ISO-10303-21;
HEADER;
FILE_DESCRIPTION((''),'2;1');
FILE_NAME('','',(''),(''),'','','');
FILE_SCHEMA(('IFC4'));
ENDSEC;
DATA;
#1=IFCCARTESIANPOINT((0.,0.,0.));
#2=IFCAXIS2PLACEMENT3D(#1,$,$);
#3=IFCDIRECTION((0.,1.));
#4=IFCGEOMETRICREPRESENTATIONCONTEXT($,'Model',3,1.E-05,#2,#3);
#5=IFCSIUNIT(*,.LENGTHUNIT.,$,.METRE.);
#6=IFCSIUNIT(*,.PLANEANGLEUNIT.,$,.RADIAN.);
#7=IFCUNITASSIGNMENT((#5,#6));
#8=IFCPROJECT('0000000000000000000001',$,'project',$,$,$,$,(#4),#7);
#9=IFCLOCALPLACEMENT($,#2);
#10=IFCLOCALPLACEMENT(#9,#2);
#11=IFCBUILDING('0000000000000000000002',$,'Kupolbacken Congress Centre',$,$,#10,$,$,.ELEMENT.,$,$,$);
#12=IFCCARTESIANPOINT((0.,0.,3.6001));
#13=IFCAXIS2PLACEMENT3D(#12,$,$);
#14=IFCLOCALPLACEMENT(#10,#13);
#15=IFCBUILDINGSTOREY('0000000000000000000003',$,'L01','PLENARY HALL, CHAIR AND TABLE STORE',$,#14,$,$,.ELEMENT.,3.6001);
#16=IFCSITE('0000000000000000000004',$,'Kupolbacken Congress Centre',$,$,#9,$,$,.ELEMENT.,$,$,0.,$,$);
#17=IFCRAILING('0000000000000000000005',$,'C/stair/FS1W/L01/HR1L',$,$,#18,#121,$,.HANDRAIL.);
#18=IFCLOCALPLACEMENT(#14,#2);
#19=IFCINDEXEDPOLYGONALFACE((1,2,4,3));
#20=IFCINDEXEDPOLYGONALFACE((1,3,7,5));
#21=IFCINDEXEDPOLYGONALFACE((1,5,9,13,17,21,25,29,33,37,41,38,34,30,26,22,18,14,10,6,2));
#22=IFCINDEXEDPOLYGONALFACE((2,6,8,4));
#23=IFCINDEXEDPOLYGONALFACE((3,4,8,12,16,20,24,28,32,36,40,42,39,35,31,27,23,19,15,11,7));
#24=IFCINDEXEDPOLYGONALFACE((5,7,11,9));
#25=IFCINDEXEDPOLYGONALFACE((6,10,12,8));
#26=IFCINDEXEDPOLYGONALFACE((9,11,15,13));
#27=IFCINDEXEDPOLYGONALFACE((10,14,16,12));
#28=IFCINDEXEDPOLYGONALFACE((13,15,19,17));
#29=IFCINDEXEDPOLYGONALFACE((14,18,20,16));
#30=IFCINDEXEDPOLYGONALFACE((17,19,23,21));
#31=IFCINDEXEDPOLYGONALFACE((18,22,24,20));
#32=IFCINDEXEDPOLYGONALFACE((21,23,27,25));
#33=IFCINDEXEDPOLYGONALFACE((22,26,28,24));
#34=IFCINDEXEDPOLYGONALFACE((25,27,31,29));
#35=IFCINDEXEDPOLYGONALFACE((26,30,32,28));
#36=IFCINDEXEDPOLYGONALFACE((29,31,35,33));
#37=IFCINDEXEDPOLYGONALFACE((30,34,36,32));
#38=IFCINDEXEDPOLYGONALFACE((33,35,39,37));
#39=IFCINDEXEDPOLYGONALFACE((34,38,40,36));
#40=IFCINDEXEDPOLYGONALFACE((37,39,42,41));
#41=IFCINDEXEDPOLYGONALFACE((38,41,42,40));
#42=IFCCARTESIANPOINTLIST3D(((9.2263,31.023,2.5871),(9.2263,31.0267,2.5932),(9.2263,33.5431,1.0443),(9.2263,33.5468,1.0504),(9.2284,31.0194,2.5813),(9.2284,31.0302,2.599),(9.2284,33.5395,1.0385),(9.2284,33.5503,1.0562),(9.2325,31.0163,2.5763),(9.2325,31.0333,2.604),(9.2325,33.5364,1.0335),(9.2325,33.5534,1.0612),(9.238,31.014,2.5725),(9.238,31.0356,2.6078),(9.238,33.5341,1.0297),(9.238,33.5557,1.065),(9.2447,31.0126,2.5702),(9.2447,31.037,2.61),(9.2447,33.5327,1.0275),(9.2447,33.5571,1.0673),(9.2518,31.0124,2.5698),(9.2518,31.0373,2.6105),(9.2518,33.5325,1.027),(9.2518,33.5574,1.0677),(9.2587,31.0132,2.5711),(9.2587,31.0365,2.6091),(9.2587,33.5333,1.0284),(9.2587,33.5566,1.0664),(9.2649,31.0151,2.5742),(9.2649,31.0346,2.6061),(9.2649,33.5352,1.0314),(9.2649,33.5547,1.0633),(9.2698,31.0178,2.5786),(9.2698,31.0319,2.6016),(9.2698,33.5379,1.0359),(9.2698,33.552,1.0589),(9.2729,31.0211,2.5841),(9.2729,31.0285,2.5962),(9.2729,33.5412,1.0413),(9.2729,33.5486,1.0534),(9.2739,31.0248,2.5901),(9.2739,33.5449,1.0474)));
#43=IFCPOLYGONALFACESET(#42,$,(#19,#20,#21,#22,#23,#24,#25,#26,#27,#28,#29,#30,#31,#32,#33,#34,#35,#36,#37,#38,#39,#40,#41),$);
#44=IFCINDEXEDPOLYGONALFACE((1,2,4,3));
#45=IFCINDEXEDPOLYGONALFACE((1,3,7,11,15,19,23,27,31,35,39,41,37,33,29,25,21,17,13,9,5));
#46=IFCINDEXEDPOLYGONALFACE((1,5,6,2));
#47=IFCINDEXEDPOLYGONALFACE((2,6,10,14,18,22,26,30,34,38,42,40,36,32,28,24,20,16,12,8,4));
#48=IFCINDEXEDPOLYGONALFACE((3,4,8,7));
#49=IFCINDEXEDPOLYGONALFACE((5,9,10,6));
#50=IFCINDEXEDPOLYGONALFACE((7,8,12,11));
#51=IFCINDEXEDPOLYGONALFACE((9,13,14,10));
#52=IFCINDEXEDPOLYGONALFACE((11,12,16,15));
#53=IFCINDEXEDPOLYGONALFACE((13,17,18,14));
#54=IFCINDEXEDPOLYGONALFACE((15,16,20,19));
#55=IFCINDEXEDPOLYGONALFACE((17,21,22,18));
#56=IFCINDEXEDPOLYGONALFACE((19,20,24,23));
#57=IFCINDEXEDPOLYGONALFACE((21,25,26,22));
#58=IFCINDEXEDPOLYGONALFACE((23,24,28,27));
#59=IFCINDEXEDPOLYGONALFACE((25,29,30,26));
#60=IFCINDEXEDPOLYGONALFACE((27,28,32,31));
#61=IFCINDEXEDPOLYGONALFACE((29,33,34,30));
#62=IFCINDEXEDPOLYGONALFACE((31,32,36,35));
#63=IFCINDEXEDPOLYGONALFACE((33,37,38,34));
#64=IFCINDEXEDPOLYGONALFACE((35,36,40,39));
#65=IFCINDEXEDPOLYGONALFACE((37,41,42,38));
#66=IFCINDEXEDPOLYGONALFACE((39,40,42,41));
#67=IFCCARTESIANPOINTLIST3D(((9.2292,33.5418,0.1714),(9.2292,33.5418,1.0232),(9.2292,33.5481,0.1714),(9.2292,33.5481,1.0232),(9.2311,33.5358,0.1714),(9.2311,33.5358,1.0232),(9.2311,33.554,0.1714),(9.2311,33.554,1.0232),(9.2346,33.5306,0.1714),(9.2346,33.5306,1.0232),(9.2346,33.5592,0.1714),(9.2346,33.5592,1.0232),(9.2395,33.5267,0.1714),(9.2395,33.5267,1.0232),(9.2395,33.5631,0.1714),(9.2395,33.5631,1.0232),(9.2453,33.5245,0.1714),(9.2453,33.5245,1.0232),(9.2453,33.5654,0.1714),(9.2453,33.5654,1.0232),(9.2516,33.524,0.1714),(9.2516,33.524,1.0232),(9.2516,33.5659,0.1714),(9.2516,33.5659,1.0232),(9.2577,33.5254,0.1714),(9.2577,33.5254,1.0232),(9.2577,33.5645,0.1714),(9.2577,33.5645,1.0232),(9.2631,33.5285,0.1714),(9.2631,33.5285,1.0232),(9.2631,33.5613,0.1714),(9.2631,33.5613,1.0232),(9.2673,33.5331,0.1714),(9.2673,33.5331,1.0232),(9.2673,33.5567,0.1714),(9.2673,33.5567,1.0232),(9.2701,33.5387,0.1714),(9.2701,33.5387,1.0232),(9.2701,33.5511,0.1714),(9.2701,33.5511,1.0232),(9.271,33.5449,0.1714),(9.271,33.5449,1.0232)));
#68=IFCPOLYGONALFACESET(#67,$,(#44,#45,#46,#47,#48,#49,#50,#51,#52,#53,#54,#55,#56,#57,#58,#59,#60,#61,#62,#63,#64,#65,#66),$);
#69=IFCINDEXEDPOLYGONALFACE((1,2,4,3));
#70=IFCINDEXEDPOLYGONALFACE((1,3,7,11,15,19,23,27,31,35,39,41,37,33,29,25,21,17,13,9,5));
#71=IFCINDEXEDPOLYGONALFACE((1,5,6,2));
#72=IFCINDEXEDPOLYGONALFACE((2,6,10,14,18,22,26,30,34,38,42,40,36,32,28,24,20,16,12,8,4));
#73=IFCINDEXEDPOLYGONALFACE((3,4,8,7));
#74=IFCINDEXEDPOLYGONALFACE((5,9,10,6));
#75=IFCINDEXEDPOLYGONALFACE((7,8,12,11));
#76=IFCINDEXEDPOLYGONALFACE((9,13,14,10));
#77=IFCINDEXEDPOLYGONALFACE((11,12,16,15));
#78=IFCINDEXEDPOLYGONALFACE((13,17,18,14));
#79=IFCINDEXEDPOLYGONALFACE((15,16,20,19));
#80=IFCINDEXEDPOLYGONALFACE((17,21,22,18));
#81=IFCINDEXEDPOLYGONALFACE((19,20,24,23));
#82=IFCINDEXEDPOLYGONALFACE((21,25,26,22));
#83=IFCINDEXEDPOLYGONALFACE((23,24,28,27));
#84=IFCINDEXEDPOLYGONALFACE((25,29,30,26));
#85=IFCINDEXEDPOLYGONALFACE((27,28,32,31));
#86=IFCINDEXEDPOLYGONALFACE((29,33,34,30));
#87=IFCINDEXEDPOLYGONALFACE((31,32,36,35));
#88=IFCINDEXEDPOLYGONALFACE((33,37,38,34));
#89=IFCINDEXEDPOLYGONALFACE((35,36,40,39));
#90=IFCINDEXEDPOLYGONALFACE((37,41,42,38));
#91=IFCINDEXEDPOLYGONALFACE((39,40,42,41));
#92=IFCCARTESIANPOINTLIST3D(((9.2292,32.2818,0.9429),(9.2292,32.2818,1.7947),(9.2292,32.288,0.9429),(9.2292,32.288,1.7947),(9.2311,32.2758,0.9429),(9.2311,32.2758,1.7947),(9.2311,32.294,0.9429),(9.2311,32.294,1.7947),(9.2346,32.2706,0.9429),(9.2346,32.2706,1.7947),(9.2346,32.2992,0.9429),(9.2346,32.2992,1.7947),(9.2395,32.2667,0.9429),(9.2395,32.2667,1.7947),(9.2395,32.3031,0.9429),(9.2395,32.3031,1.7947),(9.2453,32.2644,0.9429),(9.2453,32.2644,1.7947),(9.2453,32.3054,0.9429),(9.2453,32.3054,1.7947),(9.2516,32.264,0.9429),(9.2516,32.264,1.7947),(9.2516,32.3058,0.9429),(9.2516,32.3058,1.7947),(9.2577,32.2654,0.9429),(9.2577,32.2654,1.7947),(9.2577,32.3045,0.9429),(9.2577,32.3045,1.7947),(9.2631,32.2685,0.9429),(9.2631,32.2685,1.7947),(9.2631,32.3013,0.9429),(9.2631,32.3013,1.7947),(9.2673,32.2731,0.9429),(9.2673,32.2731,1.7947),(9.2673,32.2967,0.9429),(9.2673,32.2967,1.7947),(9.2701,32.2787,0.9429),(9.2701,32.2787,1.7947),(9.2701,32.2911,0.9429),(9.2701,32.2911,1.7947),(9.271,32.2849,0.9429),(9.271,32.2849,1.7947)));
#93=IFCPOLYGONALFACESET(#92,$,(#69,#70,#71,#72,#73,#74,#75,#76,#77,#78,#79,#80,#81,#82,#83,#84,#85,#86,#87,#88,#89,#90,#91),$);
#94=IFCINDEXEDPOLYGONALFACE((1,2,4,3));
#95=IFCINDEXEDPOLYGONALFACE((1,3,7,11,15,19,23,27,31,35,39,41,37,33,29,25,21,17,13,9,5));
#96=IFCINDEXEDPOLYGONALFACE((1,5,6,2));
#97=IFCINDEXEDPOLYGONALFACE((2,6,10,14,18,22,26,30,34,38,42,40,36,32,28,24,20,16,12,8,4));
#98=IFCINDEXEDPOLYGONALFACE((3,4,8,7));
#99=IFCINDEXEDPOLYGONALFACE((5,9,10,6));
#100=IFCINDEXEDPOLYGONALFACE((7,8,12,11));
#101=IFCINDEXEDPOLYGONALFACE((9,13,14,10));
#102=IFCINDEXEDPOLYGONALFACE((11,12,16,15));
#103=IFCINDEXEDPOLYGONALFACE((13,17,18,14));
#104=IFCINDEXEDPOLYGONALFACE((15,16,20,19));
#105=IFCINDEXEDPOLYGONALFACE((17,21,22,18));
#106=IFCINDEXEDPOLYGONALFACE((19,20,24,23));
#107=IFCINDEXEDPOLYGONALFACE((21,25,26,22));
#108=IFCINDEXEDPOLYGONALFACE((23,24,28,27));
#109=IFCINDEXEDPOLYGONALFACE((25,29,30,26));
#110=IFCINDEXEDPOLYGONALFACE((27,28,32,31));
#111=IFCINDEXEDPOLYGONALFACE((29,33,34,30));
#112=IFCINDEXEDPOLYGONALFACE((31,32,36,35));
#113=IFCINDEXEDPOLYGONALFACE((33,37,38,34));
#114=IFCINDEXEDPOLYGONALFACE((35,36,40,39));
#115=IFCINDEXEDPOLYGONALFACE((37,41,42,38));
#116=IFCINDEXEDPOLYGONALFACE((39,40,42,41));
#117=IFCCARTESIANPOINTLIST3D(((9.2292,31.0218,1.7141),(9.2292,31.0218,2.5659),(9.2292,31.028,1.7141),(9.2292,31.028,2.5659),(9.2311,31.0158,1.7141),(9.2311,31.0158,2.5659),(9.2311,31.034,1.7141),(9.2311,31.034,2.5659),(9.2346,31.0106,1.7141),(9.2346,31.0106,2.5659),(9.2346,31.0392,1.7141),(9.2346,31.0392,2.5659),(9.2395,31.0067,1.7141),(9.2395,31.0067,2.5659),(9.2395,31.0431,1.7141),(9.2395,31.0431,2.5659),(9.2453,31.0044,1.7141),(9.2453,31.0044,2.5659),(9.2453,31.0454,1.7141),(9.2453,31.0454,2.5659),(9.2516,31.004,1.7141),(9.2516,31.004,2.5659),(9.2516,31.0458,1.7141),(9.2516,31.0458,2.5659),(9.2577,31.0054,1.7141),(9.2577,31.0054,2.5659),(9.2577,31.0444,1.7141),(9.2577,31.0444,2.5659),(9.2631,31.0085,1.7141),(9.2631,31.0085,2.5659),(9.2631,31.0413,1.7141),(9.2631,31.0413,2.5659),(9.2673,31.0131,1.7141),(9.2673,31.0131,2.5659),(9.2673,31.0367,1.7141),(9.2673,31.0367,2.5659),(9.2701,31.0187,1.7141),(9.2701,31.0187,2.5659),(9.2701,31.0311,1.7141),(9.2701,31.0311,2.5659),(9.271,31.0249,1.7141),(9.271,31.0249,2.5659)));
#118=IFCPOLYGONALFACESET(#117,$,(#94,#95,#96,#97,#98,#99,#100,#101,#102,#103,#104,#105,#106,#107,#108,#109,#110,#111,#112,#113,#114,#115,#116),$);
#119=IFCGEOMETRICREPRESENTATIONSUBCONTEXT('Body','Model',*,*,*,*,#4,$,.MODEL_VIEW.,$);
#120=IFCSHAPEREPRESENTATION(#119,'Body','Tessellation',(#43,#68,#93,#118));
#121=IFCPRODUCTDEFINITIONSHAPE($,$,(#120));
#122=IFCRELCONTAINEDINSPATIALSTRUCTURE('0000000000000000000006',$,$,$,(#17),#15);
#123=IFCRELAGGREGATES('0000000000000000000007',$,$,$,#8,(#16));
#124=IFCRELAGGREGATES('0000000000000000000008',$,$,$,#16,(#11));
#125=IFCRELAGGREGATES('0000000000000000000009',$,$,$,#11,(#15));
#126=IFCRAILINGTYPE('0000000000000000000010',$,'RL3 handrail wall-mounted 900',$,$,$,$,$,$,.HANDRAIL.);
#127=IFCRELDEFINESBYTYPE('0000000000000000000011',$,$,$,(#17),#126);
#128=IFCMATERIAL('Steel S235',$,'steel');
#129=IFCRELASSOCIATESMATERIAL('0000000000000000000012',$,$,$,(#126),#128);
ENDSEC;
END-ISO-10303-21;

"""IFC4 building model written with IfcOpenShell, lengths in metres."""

from ifc_helpers import new_model, si_unit, direction, frame, origin, origin_2d, place, context, subcontext, project, spatial, circle, extrude, material, type_object, element, save


model = new_model("IFC4")

# Units and contexts
model_context = context("Model", 3, precision=1e-05, world=origin(), true_north=direction((0.0, 1.0)))
body_context = subcontext(model_context, "Body", "Model", "MODEL_VIEW")
ifc_project = project(units=[si_unit("LENGTHUNIT", "METRE"), si_unit("PLANEANGLEUNIT", "RADIAN")], contexts=[model_context])

# Site, building, storey
site_placement = place(None, origin())
site = spatial("IfcSite", under=ifc_project, at=site_placement, Name="Kupolbacken Congress Centre", CompositionType="ELEMENT", RefElevation=0.0)
building_placement = place(site_placement, origin())
building = spatial("IfcBuilding", under=site, at=building_placement, Name="Kupolbacken Congress Centre", CompositionType="ELEMENT")
storey_placement = place(building_placement, frame((0.0, 0.0, 3.6001)))
storey = spatial("IfcBuildingStorey", under=building, at=storey_placement, Name="L01", Description="PLENARY HALL, CHAIR AND TABLE STORE", CompositionType="ELEMENT", Elevation=3.6001)

# Railing
ifc_material_1 = material(Name="Steel S235", Category="steel")
railing_type = type_object("IfcRailingType", Name="RL3 handrail wall-mounted 900", PredefinedType="HANDRAIL", material=ifc_material_1)
railing_placement = place(storey_placement, frame((9.25, 33.5449, 0.1714)))
element("IfcRailing", 1, at=railing_placement, inside=storey, type_object=railing_type, Name="C/stair/FS1W/L01/HR1L", PredefinedType="HANDRAIL", context=body_context, shape_type="SweptSolid", body=[
    extrude(circle(Radius=0.0239, at=origin_2d()), frame((0.0, 0.0, 0.876), z_axis=(0.0, -0.852873, 0.522118), x_axis=(1.0, 0.0, 0.0)), (0.0, 0.0, 1.0), 2.9548),
    extrude(circle(Radius=0.021, at=origin_2d()), origin(), (0.0, 0.0, 1.0), 0.8518),
    extrude(circle(Radius=0.021, at=origin_2d()), frame((0.0, -1.26, 0.7715)), (0.0, 0.0, 1.0), 0.8518),
    extrude(circle(Radius=0.021, at=origin_2d()), frame((0.0, -2.52, 1.5427)), (0.0, 0.0, 1.0), 0.8518),
])

save(model, "model.ifc")
